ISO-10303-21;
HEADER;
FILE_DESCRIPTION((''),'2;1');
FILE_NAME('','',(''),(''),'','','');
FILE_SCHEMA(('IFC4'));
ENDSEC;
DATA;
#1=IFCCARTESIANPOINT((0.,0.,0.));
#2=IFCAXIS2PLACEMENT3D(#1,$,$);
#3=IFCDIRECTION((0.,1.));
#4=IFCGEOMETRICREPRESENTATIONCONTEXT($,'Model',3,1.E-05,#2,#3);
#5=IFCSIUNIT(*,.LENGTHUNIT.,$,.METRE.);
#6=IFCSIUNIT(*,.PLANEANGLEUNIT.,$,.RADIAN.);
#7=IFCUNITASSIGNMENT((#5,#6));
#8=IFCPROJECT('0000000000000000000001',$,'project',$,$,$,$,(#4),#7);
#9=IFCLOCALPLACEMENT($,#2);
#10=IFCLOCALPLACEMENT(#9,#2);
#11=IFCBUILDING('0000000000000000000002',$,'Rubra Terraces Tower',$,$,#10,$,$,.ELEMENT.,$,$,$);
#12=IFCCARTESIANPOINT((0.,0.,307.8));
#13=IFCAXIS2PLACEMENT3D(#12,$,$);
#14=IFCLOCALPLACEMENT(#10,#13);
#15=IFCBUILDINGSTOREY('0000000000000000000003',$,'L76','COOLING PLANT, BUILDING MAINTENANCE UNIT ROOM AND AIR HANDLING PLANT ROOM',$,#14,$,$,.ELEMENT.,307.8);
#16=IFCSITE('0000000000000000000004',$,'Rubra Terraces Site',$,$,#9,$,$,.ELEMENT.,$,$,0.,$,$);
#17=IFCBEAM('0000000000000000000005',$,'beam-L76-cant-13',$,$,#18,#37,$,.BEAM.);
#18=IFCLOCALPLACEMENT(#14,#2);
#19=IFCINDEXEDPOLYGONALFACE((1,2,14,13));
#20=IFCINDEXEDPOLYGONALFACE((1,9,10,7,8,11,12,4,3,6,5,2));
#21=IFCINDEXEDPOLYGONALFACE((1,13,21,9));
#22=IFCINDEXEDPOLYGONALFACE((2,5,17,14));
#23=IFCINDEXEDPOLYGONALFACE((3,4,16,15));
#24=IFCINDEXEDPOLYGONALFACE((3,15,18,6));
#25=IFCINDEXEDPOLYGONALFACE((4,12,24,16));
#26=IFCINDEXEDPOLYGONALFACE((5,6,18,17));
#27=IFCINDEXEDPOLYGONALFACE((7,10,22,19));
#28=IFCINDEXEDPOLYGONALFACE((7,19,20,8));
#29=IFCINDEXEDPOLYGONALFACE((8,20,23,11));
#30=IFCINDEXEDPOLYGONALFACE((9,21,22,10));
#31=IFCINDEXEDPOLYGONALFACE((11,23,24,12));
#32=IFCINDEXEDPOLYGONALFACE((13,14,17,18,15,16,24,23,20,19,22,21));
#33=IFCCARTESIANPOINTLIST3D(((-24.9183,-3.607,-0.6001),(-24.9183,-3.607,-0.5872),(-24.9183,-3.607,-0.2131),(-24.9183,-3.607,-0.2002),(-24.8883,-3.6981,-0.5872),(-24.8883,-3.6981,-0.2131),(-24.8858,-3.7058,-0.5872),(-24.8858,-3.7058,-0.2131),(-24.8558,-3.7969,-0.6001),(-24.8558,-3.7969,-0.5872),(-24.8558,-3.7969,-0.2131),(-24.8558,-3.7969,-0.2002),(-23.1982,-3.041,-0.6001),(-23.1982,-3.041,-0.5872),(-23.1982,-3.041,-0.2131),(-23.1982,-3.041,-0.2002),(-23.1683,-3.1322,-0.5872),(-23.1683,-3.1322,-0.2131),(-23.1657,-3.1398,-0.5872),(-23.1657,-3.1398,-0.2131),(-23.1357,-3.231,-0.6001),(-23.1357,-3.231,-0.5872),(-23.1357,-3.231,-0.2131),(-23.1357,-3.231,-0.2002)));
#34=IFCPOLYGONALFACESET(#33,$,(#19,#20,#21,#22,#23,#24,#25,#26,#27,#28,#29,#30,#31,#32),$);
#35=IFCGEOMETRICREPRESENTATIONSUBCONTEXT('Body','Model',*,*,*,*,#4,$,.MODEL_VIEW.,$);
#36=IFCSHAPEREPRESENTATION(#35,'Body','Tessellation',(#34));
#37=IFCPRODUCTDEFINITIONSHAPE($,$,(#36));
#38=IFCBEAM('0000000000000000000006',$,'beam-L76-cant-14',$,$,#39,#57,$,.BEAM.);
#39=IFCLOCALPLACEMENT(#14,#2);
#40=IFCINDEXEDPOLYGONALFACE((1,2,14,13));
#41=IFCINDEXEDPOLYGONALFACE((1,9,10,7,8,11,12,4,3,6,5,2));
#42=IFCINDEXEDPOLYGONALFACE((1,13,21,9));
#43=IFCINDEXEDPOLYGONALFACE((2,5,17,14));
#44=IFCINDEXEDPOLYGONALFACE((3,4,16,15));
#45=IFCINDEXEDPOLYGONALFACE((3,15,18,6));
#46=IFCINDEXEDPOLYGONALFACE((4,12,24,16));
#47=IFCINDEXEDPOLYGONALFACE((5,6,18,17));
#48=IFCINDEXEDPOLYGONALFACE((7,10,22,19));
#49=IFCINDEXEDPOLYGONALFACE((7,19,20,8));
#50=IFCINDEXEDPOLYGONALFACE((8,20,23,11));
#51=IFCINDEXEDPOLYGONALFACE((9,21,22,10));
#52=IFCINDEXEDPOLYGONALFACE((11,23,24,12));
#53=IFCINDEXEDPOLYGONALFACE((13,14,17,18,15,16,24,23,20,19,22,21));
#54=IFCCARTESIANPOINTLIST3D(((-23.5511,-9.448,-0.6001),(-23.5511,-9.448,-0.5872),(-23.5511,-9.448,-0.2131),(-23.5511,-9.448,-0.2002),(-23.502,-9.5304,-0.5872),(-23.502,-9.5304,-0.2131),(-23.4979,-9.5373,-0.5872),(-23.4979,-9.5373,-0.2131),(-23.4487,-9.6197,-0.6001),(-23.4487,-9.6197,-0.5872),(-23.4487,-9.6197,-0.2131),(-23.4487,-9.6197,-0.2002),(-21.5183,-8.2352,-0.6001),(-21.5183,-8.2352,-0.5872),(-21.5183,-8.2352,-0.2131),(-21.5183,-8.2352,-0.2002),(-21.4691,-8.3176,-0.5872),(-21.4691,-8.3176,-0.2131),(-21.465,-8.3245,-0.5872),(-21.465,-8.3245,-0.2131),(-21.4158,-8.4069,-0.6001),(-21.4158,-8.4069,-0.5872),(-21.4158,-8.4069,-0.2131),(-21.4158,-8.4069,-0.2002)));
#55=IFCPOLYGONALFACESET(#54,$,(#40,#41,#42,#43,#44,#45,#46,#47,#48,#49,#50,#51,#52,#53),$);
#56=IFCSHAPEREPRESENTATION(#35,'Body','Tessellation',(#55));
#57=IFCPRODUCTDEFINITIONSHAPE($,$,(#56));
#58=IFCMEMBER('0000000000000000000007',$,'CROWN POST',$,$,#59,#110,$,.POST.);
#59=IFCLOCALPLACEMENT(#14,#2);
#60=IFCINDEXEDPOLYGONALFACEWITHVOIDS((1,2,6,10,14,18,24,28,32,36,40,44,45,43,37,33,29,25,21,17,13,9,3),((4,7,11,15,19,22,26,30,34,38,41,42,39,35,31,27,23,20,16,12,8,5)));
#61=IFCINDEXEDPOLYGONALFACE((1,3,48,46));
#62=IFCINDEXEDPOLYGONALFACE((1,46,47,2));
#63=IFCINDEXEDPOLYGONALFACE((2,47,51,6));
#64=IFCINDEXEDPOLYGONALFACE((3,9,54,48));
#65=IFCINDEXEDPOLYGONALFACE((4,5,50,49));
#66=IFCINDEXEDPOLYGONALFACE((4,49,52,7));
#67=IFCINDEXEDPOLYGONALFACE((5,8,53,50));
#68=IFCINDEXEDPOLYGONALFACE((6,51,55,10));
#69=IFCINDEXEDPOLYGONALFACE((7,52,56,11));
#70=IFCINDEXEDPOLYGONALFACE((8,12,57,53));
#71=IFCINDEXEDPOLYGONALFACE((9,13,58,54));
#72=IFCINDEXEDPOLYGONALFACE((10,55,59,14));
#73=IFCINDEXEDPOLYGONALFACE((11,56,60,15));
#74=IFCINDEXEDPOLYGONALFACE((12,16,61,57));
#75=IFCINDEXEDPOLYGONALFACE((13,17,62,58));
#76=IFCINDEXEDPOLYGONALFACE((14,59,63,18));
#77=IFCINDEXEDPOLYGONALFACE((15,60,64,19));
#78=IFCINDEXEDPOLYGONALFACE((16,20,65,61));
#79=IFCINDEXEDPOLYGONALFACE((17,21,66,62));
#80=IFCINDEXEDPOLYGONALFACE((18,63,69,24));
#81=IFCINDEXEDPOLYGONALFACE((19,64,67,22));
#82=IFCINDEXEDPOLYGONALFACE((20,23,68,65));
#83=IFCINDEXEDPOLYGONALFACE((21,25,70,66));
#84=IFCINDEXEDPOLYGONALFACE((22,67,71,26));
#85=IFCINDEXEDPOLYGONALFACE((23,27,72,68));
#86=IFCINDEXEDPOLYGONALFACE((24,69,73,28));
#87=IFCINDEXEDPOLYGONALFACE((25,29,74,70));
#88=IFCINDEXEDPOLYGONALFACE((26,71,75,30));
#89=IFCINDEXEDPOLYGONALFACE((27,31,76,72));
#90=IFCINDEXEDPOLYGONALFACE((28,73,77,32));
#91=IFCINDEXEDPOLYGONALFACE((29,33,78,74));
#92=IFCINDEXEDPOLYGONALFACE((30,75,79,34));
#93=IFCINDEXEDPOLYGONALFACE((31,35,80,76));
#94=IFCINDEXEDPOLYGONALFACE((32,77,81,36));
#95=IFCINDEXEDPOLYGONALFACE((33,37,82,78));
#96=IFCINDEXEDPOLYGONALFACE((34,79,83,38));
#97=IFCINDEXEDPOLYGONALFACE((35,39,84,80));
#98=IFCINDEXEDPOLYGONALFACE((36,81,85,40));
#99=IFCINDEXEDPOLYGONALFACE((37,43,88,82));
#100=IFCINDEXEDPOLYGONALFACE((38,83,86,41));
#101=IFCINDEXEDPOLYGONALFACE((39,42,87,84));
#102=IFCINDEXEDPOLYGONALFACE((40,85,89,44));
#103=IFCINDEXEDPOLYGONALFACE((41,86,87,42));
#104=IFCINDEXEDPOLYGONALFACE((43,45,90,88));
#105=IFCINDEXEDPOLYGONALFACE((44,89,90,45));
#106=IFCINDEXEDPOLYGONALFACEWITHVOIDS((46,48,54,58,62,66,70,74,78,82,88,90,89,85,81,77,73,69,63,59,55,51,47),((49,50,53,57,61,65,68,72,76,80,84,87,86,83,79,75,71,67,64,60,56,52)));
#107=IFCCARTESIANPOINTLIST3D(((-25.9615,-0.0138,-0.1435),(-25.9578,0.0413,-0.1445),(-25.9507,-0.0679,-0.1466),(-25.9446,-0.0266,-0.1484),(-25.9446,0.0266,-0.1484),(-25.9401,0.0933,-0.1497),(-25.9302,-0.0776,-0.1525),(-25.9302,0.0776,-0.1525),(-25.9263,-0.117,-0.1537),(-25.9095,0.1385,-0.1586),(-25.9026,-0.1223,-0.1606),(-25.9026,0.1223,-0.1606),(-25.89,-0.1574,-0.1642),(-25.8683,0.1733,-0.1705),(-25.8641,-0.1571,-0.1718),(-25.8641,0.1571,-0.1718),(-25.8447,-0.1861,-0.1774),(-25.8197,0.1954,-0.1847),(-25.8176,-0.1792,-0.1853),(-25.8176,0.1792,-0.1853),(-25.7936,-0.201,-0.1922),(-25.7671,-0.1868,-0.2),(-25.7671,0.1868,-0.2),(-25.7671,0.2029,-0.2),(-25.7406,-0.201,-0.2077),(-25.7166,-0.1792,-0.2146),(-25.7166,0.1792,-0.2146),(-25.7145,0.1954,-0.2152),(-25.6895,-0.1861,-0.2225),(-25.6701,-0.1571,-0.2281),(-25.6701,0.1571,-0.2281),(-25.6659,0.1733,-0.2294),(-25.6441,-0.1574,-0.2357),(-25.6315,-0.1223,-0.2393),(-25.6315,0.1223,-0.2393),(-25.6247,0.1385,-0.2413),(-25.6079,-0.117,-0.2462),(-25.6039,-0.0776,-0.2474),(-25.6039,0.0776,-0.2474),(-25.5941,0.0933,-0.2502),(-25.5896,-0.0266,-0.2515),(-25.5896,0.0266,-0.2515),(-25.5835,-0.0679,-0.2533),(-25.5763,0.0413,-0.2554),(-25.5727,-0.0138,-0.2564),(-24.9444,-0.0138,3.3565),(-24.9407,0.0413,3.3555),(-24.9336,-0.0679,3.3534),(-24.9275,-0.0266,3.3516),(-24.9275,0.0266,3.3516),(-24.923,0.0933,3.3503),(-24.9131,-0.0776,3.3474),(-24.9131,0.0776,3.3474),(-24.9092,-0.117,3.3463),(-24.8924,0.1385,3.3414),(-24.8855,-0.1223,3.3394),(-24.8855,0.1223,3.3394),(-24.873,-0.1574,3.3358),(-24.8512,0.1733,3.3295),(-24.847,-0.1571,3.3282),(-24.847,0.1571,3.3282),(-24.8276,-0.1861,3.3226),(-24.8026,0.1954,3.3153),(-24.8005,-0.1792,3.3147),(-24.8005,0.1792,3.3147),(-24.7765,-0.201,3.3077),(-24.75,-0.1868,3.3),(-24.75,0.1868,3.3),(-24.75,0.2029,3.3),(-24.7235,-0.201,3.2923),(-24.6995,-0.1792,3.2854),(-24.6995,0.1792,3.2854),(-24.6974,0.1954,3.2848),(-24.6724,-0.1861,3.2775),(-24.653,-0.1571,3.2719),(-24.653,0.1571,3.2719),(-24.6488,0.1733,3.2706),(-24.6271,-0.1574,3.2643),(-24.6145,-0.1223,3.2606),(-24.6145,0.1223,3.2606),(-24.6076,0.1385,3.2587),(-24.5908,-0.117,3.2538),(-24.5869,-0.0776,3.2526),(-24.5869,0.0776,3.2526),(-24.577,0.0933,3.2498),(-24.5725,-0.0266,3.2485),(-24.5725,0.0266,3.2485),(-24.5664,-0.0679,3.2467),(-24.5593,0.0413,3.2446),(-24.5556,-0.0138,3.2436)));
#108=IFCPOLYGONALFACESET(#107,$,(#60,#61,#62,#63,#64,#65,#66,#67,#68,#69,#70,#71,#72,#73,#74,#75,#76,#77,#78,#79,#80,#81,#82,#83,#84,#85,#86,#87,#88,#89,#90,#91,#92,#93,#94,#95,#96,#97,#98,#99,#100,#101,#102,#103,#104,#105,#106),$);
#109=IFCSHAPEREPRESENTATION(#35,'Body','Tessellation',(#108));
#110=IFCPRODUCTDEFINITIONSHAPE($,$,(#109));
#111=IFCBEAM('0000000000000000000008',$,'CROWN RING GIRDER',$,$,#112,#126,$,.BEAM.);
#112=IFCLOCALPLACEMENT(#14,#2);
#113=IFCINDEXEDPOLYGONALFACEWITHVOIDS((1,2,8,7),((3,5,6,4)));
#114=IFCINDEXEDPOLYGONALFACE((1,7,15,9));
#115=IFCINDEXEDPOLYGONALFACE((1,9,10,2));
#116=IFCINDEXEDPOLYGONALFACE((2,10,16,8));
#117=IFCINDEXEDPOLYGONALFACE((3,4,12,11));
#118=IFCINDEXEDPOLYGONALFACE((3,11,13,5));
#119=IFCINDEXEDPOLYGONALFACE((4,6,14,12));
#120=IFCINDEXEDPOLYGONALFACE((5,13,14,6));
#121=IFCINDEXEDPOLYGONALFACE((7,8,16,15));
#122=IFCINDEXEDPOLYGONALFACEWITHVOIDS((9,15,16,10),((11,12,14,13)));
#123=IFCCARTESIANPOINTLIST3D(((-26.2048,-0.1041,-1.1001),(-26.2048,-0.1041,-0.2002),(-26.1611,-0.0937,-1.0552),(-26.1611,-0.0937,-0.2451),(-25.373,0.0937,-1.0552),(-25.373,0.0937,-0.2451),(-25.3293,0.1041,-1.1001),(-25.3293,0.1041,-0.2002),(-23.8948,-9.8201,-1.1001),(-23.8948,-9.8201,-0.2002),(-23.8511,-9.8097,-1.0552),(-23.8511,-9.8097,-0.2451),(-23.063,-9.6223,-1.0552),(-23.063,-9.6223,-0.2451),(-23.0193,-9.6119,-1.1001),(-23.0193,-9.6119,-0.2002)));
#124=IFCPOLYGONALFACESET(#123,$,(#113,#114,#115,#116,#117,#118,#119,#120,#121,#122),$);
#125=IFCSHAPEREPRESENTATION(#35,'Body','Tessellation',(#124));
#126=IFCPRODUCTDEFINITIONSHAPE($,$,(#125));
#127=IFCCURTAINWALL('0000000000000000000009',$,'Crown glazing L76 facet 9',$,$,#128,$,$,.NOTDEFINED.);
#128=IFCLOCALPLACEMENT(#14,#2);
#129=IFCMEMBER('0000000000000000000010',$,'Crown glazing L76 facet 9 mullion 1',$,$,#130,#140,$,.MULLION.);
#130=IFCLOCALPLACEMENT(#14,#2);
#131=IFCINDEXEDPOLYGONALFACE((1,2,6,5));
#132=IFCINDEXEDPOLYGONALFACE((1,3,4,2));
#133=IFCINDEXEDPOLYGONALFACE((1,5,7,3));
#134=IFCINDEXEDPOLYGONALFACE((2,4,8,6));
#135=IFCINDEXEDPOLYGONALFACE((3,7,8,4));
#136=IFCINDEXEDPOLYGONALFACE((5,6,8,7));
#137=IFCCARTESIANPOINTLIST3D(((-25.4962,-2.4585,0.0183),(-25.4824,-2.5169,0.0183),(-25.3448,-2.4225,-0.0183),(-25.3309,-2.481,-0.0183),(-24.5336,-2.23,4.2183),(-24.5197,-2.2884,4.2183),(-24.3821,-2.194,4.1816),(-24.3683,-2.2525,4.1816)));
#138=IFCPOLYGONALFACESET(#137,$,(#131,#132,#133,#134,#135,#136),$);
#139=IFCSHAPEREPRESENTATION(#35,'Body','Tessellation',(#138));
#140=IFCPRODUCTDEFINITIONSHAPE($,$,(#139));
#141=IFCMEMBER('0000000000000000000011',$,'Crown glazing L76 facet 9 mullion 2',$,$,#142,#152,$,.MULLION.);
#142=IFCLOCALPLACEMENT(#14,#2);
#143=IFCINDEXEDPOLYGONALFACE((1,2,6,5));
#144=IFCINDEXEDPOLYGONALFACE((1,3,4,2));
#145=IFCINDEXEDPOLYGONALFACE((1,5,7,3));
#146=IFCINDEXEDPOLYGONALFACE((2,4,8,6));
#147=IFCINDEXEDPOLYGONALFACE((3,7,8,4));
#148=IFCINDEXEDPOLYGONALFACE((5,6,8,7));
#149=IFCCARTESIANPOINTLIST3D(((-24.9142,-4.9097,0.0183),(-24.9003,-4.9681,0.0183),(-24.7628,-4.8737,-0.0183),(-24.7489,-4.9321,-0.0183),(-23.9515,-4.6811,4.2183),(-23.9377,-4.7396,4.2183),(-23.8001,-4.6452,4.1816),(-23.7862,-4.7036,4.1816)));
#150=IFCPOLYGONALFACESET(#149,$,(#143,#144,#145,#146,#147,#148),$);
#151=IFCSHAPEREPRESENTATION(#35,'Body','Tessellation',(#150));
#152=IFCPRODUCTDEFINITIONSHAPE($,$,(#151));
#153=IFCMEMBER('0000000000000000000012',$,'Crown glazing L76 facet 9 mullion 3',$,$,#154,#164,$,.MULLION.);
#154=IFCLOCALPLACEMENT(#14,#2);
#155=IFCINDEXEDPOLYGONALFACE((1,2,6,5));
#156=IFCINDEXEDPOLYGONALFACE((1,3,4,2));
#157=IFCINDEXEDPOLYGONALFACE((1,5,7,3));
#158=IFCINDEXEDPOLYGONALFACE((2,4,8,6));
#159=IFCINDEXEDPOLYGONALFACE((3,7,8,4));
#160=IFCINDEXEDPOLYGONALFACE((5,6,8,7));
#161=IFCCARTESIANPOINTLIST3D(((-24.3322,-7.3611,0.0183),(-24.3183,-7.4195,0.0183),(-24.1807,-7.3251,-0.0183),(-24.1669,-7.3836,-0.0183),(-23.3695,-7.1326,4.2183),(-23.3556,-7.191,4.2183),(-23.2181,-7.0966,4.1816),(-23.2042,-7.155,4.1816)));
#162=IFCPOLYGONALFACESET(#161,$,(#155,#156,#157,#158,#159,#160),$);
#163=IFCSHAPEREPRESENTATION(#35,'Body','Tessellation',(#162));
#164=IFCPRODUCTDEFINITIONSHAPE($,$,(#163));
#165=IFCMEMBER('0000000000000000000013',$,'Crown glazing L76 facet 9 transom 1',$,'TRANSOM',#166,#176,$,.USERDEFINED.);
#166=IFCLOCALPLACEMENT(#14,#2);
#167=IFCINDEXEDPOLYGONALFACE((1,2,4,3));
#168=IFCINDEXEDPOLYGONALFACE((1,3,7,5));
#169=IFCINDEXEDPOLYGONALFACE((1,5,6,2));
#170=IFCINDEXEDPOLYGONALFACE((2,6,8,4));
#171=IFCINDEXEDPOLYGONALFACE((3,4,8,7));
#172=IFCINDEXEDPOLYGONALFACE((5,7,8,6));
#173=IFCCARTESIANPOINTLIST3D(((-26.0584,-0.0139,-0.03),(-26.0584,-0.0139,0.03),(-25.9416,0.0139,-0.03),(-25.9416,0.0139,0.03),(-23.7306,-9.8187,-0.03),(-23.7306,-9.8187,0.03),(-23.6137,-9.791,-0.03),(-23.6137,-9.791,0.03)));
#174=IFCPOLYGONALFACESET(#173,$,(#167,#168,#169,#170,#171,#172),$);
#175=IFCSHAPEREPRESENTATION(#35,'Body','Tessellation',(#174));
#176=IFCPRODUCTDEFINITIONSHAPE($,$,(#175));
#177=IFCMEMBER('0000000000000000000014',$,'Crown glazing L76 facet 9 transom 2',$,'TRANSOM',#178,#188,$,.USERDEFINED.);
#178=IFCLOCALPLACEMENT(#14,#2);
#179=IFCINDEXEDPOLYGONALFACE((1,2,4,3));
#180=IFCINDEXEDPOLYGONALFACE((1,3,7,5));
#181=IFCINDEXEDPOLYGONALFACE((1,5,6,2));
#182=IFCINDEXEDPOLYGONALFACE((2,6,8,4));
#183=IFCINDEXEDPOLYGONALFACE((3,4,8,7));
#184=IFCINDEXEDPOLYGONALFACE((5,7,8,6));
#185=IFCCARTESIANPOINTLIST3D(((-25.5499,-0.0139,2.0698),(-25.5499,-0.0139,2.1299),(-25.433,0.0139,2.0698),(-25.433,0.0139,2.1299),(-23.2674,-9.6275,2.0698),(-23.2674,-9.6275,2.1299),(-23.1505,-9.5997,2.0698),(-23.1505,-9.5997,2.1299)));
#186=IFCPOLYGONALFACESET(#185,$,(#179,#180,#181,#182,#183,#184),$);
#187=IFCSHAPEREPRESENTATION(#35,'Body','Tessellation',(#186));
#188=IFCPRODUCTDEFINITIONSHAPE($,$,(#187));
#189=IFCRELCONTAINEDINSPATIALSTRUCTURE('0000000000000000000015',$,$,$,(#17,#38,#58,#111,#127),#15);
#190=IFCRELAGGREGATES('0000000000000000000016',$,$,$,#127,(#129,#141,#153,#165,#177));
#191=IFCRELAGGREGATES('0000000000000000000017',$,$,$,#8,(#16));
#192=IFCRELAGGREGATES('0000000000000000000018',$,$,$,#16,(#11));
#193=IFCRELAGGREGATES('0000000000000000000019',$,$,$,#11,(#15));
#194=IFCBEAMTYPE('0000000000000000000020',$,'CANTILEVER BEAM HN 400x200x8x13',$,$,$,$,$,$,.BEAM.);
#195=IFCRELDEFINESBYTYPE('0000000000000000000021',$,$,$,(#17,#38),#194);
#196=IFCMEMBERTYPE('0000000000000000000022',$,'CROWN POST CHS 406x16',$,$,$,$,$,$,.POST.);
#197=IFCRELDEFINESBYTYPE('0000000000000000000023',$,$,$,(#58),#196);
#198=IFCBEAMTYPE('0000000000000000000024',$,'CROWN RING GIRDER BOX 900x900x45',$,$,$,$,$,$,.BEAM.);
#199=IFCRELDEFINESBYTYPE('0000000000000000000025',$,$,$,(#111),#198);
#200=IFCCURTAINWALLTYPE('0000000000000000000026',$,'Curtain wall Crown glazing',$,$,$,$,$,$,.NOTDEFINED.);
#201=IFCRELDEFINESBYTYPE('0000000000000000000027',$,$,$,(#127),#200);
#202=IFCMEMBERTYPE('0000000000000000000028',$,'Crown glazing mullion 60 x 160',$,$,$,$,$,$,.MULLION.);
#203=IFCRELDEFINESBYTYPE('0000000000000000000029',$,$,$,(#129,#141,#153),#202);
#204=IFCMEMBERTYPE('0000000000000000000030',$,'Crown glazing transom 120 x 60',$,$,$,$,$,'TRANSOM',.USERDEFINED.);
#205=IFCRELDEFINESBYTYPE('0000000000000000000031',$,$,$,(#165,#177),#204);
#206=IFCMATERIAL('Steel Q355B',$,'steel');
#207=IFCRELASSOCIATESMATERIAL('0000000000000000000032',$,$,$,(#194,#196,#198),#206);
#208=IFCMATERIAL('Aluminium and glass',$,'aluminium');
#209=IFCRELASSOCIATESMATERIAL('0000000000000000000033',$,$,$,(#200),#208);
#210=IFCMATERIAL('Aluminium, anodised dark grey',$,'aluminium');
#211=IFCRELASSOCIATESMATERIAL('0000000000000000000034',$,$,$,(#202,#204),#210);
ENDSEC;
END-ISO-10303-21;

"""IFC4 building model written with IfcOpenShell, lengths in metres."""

from ifc_helpers import new_model, si_unit, direction, frame, origin, origin_2d, place, context, subcontext, project, spatial, rectangle, hollow_rectangle, hollow_circle, i_section, extrude, material, material_profile, profile_set, type_object, element, aggregate, save


model = new_model("IFC4")

# Units and contexts
model_context = context("Model", 3, precision=1e-05, world=origin(), true_north=direction((0.0, 1.0)))
body_context = subcontext(model_context, "Body", "Model", "MODEL_VIEW")
ifc_project = project(units=[si_unit("LENGTHUNIT", "METRE"), si_unit("PLANEANGLEUNIT", "RADIAN")], contexts=[model_context])

# Site, building, storey
site_placement = place(None, origin())
site = spatial("IfcSite", under=ifc_project, at=site_placement, Name="Rubra Terraces Site", CompositionType="ELEMENT", RefElevation=0.0)
building_placement = place(site_placement, origin())
building = spatial("IfcBuilding", under=site, at=building_placement, Name="Rubra Terraces Tower", CompositionType="ELEMENT")
storey_placement = place(building_placement, frame((0.0, 0.0, 307.8)))
storey = spatial("IfcBuildingStorey", under=building, at=storey_placement, Name="L76", Description="COOLING PLANT, BUILDING MAINTENANCE UNIT ROOM AND AIR HANDLING PLANT ROOM", CompositionType="ELEMENT", Elevation=307.8)

# Beams
ifc_material_1 = material(Name="Steel Q355B", Category="steel")
ifc_material_profile_1 = material_profile(ifc_material_1, i_section(OverallWidth=0.2, OverallDepth=0.3999, WebThickness=0.0081, FlangeThickness=0.0129, at=origin_2d()), Name="HN 400x200x8x13")
ifc_profile_set_1 = profile_set([ifc_material_profile_1], Name="Steel Q355B")
beam_type_1 = type_object("IfcBeamType", Name="CANTILEVER BEAM HN 400x200x8x13", PredefinedType="BEAM", material=ifc_profile_set_1)
beam_1_placement = place(storey_placement, frame((-23.167, -3.136, -0.4001), z_axis=(-0.949903, -0.312544, 0.0), x_axis=(0.312544, -0.949903, 0.0)))
element("IfcBeam", 1, at=beam_1_placement, inside=storey, type_object=beam_type_1, Name="beam-L76-cant-13", PredefinedType="BEAM", context=body_context, shape_type="SweptSolid", body=[
    extrude(i_section(OverallWidth=0.2, OverallDepth=0.3999, WebThickness=0.0081, FlangeThickness=0.0129, at=origin_2d()), origin(), (0.0, 0.0, 1.0), 1.8108),
])
beam_2_placement = place(storey_placement, frame((-21.467, -8.321, -0.4001), z_axis=(-0.858773, -0.512356, 0.0), x_axis=(0.512356, -0.858773, 0.0)))
element("IfcBeam", 2, at=beam_2_placement, inside=storey, type_object=beam_type_1, Name="beam-L76-cant-14", PredefinedType="BEAM", context=body_context, shape_type="SweptSolid", body=[
    extrude(i_section(OverallWidth=0.2, OverallDepth=0.3999, WebThickness=0.0081, FlangeThickness=0.0129, at=origin_2d()), origin(), (0.0, 0.0, 1.0), 2.3672),
])

# Member
ifc_material_profile_2 = material_profile(ifc_material_1, hollow_circle(Radius=0.2029, WallThickness=0.0161, at=origin_2d()), Name="CHS 406x16")
ifc_profile_set_2 = profile_set([ifc_material_profile_2], Name="Steel Q355B")
member_type_1 = type_object("IfcMemberType", Name="CROWN POST CHS 406x16", PredefinedType="POST", material=ifc_profile_set_2)
member_1_placement = place(storey_placement, frame((-25.7671, 0.0, -0.2), z_axis=(0.279053, 0.0, 0.960276), x_axis=(0.0, 1.0, 0.0)))
element("IfcMember", 3, at=member_1_placement, inside=storey, type_object=member_type_1, Name="CROWN POST", PredefinedType="POST", context=body_context, shape_type="SweptSolid", body=[
    extrude(hollow_circle(Radius=0.2029, WallThickness=0.0161, at=origin_2d()), origin(), (0.0, 0.0, 1.0), 3.6448),
])

# Beam
ifc_material_profile_3 = material_profile(ifc_material_1, hollow_rectangle(XDim=0.8999, YDim=0.8999, WallThickness=0.0449, at=origin_2d()), Name="BOX 900x900x45")
ifc_profile_set_3 = profile_set([ifc_material_profile_3], Name="Steel Q355B")
beam_type_2 = type_object("IfcBeamType", Name="CROWN RING GIRDER BOX 900x900x45", PredefinedType="BEAM", material=ifc_profile_set_3)
beam_3_placement = place(storey_placement, frame((-25.7671, 0.0, -0.6501), z_axis=(0.231309, -0.97288, 0.0), x_axis=(0.97288, 0.231309, 0.0)))
element("IfcBeam", 4, at=beam_3_placement, inside=storey, type_object=beam_type_2, Name="CROWN RING GIRDER", PredefinedType="BEAM", context=body_context, shape_type="SweptSolid", body=[
    extrude(hollow_rectangle(XDim=0.8999, YDim=0.8999, WallThickness=0.0449, at=origin_2d()), origin(), (0.0, 0.0, 1.0), 9.9868),
])

# Curtain wall, members
ifc_material_2 = material(Name="Aluminium and glass", Category="aluminium")
curtain_wall_type = type_object("IfcCurtainWallType", Name="Curtain wall Crown glazing", PredefinedType="NOTDEFINED", material=ifc_material_2)
curtain_wall_placement = place(storey_placement, origin())
curtain_wall = element("IfcCurtainWall", 5, at=curtain_wall_placement, inside=storey, type_object=curtain_wall_type, Name="Crown glazing L76 facet 9", PredefinedType="NOTDEFINED")
ifc_material_3 = material(Name="Aluminium, anodised dark grey", Category="aluminium")
ifc_material_profile_4 = material_profile(ifc_material_3, rectangle(XDim=0.0601, YDim=0.1599, at=origin_2d()), Name="AL 60x160")
ifc_profile_set_4 = profile_set([ifc_material_profile_4], Name="Aluminium, anodised dark grey")
member_type_2 = type_object("IfcMemberType", Name="Crown glazing mullion 60 x 160", PredefinedType="MULLION", material=ifc_profile_set_4)
member_2_placement = place(storey_placement, frame((-25.4136, -2.4697, 0.0), z_axis=(0.223097, 0.052959, 0.973356), x_axis=(-0.230964, 0.972962, 0.0)))
member_2 = element("IfcMember", 6, at=member_2_placement, type_object=member_type_2, Name="Crown glazing L76 facet 9 mullion 1", PredefinedType="MULLION", context=body_context, shape_type="SweptSolid", body=[
    extrude(rectangle(XDim=0.0601, YDim=0.1599, at=origin_2d()), origin(), (0.0, 0.0, 1.0), 4.3149),
])
member_3_placement = place(storey_placement, frame((-24.8315, -4.9209, 0.0), z_axis=(0.223097, 0.052959, 0.973356), x_axis=(-0.230964, 0.972962, 0.0)))
member_3 = element("IfcMember", 7, at=member_3_placement, type_object=member_type_2, Name="Crown glazing L76 facet 9 mullion 2", PredefinedType="MULLION", context=body_context, shape_type="SweptSolid", body=[
    extrude(rectangle(XDim=0.0601, YDim=0.1599, at=origin_2d()), origin(), (0.0, 0.0, 1.0), 4.3149),
])
member_4_placement = place(storey_placement, frame((-24.2495, -7.3723, 0.0), z_axis=(0.223097, 0.052959, 0.973356), x_axis=(-0.230964, 0.972962, 0.0)))
member_4 = element("IfcMember", 8, at=member_4_placement, type_object=member_type_2, Name="Crown glazing L76 facet 9 mullion 3", PredefinedType="MULLION", context=body_context, shape_type="SweptSolid", body=[
    extrude(rectangle(XDim=0.0601, YDim=0.1599, at=origin_2d()), origin(), (0.0, 0.0, 1.0), 4.3149),
])
ifc_material_profile_5 = material_profile(ifc_material_3, rectangle(XDim=0.1201, YDim=0.0601, at=origin_2d()), Name="AL 120x60")
ifc_profile_set_5 = profile_set([ifc_material_profile_5], Name="Aluminium, anodised dark grey")
member_type_3 = type_object("IfcMemberType", Name="Crown glazing transom 120 x 60", ElementType="TRANSOM", PredefinedType="USERDEFINED", material=ifc_profile_set_5)
member_5_placement = place(storey_placement, frame((-26.0, 0.0, 0.0), z_axis=(0.230998, -0.972954, 0.0), x_axis=(0.972954, 0.230998, 0.0)))
member_5 = element("IfcMember", 9, at=member_5_placement, type_object=member_type_3, Name="Crown glazing L76 facet 9 transom 1", ObjectType="TRANSOM", PredefinedType="USERDEFINED", context=body_context, shape_type="SweptSolid", body=[
    extrude(rectangle(XDim=0.1201, YDim=0.0601, at=origin_2d()), origin(), (0.0, 0.0, 1.0), 10.0774),
])
member_6_placement = place(storey_placement, frame((-25.4915, 0.0, 2.0999), z_axis=(0.231001, -0.972953, 0.0), x_axis=(0.972953, 0.231001, 0.0)))
member_6 = element("IfcMember", 10, at=member_6_placement, type_object=member_type_3, Name="Crown glazing L76 facet 9 transom 2", ObjectType="TRANSOM", PredefinedType="USERDEFINED", context=body_context, shape_type="SweptSolid", body=[
    extrude(rectangle(XDim=0.1201, YDim=0.0601, at=origin_2d()), origin(), (0.0, 0.0, 1.0), 9.8809),
])

aggregate(curtain_wall, [member_2, member_3, member_4, member_5, member_6])

save(model, "model.ifc")
